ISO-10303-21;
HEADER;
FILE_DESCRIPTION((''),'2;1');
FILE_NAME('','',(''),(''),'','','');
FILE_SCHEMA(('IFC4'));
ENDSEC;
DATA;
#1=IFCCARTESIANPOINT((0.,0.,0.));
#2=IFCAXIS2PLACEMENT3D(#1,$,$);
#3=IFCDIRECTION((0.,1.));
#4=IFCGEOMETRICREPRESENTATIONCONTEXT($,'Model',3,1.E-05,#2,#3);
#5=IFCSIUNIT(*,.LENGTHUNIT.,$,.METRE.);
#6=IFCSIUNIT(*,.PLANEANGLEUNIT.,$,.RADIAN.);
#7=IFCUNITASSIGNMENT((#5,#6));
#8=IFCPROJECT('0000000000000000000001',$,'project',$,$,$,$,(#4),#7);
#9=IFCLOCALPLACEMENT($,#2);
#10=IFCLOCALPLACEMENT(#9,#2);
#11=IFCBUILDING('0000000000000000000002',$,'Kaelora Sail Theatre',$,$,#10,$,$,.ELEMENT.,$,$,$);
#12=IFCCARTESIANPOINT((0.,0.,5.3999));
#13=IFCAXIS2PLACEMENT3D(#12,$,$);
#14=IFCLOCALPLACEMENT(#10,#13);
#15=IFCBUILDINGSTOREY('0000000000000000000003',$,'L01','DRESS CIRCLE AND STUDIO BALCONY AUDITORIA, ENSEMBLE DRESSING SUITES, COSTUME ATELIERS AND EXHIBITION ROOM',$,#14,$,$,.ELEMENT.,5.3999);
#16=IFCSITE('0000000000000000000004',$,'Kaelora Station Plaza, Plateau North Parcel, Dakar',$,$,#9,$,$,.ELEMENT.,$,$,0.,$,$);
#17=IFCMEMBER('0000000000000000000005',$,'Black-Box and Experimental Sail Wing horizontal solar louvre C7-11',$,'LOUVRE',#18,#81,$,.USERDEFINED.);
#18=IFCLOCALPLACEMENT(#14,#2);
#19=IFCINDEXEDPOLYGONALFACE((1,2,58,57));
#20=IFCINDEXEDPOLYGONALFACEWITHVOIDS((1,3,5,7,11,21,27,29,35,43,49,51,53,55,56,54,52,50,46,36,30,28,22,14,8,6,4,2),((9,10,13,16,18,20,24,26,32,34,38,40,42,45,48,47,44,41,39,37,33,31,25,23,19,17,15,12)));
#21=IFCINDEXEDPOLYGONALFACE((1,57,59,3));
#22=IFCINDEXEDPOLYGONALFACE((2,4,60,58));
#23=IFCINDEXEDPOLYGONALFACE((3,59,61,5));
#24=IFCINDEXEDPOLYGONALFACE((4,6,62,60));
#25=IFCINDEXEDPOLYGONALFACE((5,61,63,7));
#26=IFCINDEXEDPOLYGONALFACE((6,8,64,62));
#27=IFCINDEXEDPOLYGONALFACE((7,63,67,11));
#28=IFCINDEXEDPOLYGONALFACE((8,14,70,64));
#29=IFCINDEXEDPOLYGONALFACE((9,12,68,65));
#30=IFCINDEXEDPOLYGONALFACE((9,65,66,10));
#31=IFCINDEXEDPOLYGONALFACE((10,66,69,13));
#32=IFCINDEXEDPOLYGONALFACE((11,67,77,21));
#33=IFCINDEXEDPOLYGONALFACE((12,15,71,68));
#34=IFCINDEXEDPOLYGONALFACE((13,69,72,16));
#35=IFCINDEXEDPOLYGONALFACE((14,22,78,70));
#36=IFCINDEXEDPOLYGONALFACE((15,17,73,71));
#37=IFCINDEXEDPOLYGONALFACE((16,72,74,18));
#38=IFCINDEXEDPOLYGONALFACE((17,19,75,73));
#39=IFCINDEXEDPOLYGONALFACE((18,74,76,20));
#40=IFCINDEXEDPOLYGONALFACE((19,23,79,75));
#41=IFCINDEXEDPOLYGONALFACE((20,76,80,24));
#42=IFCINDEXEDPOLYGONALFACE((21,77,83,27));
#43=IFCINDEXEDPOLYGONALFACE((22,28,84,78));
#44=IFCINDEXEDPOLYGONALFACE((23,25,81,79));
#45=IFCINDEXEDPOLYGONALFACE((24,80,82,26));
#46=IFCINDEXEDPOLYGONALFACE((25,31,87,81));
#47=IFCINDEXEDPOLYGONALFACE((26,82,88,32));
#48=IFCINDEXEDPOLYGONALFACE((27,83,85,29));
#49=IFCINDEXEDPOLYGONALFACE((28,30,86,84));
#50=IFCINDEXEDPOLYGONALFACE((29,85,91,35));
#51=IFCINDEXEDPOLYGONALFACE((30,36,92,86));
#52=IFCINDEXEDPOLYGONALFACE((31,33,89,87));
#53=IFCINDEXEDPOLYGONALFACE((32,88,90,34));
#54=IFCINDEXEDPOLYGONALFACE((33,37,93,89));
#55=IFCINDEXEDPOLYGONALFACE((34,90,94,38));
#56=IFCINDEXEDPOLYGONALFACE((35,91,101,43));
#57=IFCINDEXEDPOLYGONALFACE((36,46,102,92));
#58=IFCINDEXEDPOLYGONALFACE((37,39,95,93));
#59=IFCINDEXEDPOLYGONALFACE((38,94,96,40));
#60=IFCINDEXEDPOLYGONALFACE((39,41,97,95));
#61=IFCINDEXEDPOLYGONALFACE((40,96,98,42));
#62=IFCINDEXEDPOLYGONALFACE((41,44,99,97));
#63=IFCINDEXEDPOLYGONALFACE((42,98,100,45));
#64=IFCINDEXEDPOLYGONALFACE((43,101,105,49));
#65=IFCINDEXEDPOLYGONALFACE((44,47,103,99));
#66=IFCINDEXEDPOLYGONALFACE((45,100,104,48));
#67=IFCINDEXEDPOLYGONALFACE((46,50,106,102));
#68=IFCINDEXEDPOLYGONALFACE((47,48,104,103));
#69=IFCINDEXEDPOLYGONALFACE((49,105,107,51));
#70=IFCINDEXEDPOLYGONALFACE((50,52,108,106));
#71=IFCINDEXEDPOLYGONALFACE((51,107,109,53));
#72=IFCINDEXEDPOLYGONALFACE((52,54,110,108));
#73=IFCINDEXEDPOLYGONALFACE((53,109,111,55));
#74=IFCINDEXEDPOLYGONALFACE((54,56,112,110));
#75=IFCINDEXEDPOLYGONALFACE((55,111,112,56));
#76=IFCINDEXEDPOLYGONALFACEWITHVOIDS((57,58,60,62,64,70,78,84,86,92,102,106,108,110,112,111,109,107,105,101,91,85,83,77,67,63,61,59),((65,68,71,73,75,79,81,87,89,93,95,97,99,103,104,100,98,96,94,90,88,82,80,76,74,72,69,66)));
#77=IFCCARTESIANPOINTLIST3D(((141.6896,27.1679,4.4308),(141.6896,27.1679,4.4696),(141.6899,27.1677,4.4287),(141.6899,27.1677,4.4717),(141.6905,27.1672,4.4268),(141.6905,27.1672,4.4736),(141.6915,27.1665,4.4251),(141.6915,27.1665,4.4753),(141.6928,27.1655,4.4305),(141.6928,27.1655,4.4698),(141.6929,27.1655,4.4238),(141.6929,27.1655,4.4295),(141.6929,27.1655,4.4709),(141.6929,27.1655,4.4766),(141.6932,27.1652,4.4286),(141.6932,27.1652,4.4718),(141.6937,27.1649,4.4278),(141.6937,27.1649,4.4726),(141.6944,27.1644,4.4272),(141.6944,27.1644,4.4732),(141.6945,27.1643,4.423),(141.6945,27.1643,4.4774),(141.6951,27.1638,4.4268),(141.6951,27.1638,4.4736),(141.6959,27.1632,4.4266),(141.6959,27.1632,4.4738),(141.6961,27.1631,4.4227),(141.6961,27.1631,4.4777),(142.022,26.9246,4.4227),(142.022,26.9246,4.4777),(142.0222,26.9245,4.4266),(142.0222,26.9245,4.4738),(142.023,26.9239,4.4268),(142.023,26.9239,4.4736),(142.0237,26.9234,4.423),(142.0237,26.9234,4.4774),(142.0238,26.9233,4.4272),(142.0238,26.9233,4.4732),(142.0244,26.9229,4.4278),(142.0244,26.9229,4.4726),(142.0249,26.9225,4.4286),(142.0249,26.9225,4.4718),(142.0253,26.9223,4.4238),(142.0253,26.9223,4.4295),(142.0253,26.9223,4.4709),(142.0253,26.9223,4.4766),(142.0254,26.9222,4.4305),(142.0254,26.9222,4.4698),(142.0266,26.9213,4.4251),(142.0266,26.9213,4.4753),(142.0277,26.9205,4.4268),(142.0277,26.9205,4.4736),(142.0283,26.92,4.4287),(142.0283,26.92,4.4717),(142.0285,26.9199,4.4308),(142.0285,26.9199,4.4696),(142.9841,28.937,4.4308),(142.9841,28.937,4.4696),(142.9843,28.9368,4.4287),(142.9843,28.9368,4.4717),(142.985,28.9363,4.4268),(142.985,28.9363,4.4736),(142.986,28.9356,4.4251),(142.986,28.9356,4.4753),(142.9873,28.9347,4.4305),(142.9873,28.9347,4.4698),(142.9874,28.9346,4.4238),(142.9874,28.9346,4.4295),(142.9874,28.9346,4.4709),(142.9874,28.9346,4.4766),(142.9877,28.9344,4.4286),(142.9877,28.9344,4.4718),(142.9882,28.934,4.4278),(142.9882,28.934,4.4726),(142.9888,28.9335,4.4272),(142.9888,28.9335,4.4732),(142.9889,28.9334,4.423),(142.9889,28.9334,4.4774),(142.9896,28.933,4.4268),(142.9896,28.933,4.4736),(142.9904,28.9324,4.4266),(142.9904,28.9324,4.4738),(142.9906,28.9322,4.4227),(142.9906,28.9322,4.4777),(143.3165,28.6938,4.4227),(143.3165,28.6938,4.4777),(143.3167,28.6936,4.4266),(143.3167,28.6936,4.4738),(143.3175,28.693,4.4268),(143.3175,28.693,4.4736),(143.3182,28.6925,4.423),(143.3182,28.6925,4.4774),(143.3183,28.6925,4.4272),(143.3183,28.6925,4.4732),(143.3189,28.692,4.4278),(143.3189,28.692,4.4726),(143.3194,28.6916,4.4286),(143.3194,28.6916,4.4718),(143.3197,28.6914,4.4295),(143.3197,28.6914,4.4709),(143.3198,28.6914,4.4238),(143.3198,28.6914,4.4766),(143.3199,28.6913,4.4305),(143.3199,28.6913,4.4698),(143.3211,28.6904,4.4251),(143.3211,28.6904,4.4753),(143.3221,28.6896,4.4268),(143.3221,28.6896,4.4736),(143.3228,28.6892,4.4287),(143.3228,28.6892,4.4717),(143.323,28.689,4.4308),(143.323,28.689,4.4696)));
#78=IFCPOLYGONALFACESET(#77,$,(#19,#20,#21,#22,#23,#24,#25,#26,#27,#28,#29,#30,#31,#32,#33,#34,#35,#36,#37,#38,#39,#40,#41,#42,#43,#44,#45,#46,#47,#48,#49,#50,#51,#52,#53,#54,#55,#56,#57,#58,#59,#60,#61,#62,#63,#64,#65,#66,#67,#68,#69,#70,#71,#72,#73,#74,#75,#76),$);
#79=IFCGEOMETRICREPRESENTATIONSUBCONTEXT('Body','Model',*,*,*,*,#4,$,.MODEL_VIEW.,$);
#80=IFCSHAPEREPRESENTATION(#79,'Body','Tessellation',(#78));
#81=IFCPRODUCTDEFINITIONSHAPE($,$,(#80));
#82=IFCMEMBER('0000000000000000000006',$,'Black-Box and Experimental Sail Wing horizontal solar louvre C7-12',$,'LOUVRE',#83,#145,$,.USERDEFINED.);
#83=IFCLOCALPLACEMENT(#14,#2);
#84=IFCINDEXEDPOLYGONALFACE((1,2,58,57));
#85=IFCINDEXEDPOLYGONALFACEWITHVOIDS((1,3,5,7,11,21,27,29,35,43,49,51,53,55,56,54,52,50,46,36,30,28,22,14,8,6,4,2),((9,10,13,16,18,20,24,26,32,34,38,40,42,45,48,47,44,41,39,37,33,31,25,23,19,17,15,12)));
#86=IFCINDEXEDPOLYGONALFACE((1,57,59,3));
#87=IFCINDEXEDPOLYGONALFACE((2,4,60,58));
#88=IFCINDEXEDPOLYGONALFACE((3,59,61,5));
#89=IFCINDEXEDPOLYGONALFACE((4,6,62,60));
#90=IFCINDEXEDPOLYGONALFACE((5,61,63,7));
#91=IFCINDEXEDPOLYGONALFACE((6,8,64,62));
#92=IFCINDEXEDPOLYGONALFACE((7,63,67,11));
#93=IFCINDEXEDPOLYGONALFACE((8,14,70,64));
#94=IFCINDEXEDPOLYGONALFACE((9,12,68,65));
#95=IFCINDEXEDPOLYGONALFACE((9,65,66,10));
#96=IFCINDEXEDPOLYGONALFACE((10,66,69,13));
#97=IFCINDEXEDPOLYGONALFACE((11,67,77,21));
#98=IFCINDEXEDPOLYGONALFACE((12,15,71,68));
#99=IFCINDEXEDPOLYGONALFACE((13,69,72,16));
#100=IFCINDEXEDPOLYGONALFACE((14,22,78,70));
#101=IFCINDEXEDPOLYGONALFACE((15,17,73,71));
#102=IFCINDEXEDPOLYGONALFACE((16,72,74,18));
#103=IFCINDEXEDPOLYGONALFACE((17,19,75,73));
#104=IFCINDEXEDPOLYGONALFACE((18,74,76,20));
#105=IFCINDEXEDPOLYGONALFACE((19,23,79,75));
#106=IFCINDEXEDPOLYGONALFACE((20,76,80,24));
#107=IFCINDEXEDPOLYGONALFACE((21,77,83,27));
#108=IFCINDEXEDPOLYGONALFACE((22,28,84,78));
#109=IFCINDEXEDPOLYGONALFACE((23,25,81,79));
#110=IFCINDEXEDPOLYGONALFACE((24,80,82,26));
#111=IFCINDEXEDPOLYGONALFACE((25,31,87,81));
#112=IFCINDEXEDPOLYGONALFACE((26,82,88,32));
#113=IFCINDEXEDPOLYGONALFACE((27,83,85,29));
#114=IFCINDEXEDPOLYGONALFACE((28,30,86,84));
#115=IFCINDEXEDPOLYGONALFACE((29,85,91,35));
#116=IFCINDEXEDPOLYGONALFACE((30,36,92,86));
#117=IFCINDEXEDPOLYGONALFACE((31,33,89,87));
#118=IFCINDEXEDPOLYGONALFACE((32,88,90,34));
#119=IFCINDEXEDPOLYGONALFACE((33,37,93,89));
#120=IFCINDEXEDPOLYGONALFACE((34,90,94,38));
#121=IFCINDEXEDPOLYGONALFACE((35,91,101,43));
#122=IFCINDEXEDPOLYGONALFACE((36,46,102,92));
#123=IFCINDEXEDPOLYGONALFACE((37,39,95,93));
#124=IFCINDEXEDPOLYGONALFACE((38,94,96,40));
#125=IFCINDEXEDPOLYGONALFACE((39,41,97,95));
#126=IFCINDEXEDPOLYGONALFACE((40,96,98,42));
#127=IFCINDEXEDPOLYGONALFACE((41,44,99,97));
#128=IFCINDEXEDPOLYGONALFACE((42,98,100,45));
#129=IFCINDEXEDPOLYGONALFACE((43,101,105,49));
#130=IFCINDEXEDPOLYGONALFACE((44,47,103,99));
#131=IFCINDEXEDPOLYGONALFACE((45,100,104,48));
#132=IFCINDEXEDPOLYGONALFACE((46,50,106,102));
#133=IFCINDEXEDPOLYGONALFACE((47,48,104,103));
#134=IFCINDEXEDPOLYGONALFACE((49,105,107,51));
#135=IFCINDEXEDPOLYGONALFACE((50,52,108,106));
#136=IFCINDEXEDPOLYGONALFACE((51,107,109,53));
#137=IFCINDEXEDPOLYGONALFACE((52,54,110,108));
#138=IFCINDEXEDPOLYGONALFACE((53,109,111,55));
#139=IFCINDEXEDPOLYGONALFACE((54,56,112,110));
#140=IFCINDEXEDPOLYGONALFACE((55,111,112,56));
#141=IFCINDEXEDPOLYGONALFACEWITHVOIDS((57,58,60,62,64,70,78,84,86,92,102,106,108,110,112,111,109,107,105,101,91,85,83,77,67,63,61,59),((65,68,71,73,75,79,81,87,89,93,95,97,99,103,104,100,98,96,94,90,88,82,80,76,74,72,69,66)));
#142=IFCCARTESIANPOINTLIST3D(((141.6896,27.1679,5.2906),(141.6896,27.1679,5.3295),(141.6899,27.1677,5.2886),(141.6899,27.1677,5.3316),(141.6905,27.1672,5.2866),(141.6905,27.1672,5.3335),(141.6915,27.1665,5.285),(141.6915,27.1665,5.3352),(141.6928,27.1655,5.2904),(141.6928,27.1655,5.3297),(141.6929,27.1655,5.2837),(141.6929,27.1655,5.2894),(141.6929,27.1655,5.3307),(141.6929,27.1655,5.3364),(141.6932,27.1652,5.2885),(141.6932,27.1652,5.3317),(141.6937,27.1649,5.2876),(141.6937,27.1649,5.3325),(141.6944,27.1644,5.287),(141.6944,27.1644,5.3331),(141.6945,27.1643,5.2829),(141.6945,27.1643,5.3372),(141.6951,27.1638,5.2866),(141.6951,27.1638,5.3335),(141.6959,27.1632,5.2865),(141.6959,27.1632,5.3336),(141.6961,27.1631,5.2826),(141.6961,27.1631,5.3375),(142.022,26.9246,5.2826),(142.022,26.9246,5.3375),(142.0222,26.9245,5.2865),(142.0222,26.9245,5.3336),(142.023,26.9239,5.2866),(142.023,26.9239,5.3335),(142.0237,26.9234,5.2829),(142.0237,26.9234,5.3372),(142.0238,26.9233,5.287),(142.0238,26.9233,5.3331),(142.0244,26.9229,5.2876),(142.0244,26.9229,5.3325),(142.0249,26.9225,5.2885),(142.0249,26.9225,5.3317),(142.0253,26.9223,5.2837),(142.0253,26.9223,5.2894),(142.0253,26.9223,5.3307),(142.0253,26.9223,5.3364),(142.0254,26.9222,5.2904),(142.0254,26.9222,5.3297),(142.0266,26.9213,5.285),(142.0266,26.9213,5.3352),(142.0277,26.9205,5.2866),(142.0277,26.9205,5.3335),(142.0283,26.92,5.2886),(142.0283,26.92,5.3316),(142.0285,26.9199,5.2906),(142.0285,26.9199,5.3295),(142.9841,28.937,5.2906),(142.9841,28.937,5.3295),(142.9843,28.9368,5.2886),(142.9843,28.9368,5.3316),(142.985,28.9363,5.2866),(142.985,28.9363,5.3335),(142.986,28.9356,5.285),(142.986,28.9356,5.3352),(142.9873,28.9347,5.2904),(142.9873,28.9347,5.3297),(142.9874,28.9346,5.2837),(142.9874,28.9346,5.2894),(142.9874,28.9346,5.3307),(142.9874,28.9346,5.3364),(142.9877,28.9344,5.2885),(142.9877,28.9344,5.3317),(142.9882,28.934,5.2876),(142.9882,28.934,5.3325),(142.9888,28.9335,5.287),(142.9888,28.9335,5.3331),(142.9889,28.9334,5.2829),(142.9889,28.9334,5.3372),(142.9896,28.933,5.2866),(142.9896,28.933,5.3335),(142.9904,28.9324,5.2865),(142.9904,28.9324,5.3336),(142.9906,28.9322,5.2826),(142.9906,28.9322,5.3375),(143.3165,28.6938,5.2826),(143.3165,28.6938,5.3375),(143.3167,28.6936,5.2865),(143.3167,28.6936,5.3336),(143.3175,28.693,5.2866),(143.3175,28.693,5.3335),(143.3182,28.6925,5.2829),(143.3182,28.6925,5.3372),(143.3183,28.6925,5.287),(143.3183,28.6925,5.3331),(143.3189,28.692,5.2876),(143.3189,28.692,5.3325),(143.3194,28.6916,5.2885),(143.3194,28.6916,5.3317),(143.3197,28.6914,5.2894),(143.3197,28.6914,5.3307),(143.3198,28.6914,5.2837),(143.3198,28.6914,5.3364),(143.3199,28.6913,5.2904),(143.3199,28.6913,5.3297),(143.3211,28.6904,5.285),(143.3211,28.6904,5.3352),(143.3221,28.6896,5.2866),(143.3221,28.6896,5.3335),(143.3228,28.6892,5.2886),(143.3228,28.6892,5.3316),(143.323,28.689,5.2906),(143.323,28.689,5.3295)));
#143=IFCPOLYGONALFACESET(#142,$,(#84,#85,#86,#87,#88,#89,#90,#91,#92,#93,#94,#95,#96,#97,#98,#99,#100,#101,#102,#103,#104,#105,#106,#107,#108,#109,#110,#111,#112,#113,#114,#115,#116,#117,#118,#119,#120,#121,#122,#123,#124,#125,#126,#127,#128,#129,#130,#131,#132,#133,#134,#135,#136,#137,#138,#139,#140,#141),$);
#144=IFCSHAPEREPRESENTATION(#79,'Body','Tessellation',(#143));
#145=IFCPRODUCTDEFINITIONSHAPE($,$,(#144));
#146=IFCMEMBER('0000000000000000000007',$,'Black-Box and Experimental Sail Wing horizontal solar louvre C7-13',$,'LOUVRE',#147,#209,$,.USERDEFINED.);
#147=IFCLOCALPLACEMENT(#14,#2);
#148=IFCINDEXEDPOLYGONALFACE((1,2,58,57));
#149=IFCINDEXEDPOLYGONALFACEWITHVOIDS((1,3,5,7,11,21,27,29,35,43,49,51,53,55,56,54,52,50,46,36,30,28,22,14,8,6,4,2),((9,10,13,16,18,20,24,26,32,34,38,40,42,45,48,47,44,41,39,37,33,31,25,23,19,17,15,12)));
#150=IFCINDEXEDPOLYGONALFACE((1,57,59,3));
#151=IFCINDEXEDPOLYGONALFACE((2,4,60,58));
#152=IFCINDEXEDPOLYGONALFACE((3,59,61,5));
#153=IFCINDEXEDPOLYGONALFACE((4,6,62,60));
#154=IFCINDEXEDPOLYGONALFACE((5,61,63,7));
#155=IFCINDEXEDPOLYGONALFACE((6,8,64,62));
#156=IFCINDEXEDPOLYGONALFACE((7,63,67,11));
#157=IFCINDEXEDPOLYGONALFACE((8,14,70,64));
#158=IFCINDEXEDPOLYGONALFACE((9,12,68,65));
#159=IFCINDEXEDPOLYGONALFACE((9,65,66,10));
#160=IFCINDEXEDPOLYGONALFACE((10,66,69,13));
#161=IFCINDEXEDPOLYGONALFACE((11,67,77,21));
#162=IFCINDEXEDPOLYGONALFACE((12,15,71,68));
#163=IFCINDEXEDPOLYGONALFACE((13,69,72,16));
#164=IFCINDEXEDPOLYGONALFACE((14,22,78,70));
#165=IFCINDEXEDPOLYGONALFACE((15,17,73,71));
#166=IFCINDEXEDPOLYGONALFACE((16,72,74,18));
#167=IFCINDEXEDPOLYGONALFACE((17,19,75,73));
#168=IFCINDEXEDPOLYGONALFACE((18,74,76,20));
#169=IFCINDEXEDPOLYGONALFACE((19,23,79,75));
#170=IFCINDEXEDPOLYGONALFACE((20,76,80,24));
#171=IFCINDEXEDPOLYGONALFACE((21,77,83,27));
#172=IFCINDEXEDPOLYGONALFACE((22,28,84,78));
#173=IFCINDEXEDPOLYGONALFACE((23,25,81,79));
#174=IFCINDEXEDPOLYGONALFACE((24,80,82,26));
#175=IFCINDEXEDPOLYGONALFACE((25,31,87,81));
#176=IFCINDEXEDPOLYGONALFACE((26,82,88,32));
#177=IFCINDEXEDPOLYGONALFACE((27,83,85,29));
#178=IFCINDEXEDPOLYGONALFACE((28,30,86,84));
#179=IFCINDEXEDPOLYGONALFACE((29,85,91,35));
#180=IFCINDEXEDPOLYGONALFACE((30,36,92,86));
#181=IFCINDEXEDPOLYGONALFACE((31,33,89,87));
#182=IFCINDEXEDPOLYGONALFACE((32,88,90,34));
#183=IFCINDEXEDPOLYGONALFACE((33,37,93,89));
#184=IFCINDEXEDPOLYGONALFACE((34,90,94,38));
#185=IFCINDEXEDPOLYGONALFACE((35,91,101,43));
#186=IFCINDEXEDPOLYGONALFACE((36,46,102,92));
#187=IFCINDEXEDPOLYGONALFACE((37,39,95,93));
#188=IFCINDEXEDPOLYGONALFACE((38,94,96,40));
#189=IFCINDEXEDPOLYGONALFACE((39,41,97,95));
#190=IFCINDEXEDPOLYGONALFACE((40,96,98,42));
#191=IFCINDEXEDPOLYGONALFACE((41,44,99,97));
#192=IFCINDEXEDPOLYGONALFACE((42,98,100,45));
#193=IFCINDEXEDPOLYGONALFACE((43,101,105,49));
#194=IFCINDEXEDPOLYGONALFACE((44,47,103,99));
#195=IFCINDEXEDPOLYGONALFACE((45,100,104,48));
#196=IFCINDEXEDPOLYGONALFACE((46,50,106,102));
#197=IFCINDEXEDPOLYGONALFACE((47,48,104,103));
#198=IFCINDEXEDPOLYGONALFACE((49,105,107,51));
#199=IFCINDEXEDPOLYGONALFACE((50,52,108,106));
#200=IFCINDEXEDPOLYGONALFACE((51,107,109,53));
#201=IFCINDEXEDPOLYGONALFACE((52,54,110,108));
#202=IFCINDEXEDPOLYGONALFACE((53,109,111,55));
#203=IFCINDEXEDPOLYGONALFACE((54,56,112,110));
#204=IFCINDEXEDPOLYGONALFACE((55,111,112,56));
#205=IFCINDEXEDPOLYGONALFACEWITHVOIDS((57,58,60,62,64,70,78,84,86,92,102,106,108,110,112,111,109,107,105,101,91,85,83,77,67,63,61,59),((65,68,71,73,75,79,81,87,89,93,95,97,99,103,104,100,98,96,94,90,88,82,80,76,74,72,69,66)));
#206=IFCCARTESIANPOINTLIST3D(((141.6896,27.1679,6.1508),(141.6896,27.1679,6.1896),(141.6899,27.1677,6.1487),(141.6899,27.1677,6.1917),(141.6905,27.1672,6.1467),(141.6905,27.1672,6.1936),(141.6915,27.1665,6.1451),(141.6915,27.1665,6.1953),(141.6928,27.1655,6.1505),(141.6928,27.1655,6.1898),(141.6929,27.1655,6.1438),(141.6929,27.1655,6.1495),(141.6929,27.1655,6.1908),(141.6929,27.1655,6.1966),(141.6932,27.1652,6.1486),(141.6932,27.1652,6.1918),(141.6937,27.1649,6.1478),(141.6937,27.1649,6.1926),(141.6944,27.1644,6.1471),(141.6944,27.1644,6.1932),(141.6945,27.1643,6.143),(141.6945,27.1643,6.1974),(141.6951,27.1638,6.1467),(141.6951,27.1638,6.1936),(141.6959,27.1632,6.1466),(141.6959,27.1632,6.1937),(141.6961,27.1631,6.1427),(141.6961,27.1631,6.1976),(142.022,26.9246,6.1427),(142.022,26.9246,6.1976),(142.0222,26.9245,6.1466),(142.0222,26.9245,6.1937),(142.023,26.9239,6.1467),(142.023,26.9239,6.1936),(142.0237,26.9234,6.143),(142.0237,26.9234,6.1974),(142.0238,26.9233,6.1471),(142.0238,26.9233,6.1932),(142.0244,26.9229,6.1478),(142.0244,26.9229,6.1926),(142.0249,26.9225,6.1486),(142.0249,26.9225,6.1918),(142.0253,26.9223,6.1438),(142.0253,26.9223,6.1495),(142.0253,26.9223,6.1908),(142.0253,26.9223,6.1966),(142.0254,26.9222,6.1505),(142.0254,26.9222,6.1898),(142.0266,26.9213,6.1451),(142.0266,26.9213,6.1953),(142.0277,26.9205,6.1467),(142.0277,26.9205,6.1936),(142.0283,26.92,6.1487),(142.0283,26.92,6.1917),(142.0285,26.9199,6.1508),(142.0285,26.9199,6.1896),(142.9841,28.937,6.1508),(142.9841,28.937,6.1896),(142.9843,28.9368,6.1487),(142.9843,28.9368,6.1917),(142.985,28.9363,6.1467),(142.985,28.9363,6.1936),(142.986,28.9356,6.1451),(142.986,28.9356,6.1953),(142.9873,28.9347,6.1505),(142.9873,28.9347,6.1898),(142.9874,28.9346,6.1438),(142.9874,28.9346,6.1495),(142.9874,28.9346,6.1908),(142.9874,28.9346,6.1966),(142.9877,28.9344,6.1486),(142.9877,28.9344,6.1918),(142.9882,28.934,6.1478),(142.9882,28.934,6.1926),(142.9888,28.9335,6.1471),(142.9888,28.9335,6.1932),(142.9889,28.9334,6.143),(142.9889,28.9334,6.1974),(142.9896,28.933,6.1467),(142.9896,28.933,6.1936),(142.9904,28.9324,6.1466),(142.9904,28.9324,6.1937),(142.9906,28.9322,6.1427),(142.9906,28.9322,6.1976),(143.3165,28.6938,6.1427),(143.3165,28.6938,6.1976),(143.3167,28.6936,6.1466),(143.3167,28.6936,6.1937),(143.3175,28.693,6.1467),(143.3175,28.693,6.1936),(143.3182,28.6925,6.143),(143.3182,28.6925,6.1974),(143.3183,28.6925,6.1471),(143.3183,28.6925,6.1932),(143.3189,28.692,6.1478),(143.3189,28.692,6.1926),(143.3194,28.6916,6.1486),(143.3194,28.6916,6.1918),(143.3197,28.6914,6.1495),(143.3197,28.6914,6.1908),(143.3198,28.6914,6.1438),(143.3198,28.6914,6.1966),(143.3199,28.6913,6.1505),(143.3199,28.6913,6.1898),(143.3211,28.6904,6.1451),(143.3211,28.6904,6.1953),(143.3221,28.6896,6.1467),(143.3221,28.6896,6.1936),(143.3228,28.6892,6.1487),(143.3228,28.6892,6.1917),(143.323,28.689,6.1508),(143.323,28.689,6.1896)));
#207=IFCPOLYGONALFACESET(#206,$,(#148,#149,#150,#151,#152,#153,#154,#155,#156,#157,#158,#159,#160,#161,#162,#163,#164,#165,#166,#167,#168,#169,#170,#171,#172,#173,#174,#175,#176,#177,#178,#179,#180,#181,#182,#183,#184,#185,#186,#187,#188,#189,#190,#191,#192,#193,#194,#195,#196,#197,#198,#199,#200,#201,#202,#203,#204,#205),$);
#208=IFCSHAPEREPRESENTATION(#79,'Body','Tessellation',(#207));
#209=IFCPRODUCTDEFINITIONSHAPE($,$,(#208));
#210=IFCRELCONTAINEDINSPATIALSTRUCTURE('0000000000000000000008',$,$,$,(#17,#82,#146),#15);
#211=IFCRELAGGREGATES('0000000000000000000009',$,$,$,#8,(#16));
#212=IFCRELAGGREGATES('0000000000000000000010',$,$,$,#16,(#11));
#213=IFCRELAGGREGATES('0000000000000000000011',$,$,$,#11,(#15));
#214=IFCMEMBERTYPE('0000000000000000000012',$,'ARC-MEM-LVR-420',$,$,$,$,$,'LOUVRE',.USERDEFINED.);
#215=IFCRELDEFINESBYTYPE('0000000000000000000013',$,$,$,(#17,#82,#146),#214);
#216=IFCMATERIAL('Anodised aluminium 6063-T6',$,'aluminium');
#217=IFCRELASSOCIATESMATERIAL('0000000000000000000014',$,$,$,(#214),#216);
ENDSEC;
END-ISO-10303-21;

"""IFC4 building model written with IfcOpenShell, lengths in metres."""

from ifc_helpers import new_model, si_unit, direction, frame, origin, origin_2d, place, context, subcontext, project, spatial, hollow_rectangle, extrude, material, material_profile, profile_set, type_object, element, save


model = new_model("IFC4")

# Units and contexts
model_context = context("Model", 3, precision=1e-05, world=origin(), true_north=direction((0.0, 1.0)))
body_context = subcontext(model_context, "Body", "Model", "MODEL_VIEW")
ifc_project = project(units=[si_unit("LENGTHUNIT", "METRE"), si_unit("PLANEANGLEUNIT", "RADIAN")], contexts=[model_context])

# Site, building, storey
site_placement = place(None, origin())
site = spatial("IfcSite", under=ifc_project, at=site_placement, Name="Kaelora Station Plaza, Plateau North Parcel, Dakar", CompositionType="ELEMENT", RefElevation=0.0)
building_placement = place(site_placement, origin())
building = spatial("IfcBuilding", under=site, at=building_placement, Name="Kaelora Sail Theatre", CompositionType="ELEMENT")
storey_placement = place(building_placement, frame((0.0, 0.0, 5.3999)))
storey = spatial("IfcBuildingStorey", under=building, at=storey_placement, Name="L01", Description="DRESS CIRCLE AND STUDIO BALCONY AUDITORIA, ENSEMBLE DRESSING SUITES, COSTUME ATELIERS AND EXHIBITION ROOM", CompositionType="ELEMENT", Elevation=5.3999)

# Members
ifc_material_1 = material(Name="Anodised aluminium 6063-T6", Category="aluminium")
ifc_material_profile_1 = material_profile(ifc_material_1, hollow_rectangle(XDim=0.4199, YDim=0.0549, WallThickness=0.0039, InnerFilletRadius=0.0039, OuterFilletRadius=0.0081, at=origin_2d()), Name="LOUVRE 420x55x4")
ifc_profile_set_1 = profile_set([ifc_material_profile_1], Name="Anodised aluminium 6063-T6")
member_type = type_object("IfcMemberType", Name="ARC-MEM-LVR-420", ElementType="LOUVRE", PredefinedType="USERDEFINED", material=ifc_profile_set_1)
for number, where, z_axis, x_axis, name in (
    (1, (143.1536, 28.813, 4.4502), (-0.590514, -0.807028, 0.0), (0.807028, -0.590514, 0.0), "Black-Box and Experimental Sail Wing horizontal solar louvre C7-11"),
    (2, (143.1536, 28.813, 5.3101), (-0.590514, -0.807028, 0.0), (0.807028, -0.590514, 0.0), "Black-Box and Experimental Sail Wing horizontal solar louvre C7-12"),
    (3, (143.1536, 28.813, 6.1702), (-0.590514, -0.807028, 0.0), (0.807028, -0.590514, 0.0), "Black-Box and Experimental Sail Wing horizontal solar louvre C7-13"),
):
    element("IfcMember", number, at=place(storey_placement, frame(where, z_axis=z_axis, x_axis=x_axis)), inside=storey, type_object=member_type, Name=name, ObjectType="LOUVRE", PredefinedType="USERDEFINED", context=body_context, shape_type="SweptSolid", body=[
        extrude(hollow_rectangle(XDim=0.4199, YDim=0.0549, WallThickness=0.0039, InnerFilletRadius=0.0039, OuterFilletRadius=0.0081, at=origin_2d()), origin(), (0.0, 0.0, 1.0), 2.1921),
    ])

save(model, "model.ifc")
